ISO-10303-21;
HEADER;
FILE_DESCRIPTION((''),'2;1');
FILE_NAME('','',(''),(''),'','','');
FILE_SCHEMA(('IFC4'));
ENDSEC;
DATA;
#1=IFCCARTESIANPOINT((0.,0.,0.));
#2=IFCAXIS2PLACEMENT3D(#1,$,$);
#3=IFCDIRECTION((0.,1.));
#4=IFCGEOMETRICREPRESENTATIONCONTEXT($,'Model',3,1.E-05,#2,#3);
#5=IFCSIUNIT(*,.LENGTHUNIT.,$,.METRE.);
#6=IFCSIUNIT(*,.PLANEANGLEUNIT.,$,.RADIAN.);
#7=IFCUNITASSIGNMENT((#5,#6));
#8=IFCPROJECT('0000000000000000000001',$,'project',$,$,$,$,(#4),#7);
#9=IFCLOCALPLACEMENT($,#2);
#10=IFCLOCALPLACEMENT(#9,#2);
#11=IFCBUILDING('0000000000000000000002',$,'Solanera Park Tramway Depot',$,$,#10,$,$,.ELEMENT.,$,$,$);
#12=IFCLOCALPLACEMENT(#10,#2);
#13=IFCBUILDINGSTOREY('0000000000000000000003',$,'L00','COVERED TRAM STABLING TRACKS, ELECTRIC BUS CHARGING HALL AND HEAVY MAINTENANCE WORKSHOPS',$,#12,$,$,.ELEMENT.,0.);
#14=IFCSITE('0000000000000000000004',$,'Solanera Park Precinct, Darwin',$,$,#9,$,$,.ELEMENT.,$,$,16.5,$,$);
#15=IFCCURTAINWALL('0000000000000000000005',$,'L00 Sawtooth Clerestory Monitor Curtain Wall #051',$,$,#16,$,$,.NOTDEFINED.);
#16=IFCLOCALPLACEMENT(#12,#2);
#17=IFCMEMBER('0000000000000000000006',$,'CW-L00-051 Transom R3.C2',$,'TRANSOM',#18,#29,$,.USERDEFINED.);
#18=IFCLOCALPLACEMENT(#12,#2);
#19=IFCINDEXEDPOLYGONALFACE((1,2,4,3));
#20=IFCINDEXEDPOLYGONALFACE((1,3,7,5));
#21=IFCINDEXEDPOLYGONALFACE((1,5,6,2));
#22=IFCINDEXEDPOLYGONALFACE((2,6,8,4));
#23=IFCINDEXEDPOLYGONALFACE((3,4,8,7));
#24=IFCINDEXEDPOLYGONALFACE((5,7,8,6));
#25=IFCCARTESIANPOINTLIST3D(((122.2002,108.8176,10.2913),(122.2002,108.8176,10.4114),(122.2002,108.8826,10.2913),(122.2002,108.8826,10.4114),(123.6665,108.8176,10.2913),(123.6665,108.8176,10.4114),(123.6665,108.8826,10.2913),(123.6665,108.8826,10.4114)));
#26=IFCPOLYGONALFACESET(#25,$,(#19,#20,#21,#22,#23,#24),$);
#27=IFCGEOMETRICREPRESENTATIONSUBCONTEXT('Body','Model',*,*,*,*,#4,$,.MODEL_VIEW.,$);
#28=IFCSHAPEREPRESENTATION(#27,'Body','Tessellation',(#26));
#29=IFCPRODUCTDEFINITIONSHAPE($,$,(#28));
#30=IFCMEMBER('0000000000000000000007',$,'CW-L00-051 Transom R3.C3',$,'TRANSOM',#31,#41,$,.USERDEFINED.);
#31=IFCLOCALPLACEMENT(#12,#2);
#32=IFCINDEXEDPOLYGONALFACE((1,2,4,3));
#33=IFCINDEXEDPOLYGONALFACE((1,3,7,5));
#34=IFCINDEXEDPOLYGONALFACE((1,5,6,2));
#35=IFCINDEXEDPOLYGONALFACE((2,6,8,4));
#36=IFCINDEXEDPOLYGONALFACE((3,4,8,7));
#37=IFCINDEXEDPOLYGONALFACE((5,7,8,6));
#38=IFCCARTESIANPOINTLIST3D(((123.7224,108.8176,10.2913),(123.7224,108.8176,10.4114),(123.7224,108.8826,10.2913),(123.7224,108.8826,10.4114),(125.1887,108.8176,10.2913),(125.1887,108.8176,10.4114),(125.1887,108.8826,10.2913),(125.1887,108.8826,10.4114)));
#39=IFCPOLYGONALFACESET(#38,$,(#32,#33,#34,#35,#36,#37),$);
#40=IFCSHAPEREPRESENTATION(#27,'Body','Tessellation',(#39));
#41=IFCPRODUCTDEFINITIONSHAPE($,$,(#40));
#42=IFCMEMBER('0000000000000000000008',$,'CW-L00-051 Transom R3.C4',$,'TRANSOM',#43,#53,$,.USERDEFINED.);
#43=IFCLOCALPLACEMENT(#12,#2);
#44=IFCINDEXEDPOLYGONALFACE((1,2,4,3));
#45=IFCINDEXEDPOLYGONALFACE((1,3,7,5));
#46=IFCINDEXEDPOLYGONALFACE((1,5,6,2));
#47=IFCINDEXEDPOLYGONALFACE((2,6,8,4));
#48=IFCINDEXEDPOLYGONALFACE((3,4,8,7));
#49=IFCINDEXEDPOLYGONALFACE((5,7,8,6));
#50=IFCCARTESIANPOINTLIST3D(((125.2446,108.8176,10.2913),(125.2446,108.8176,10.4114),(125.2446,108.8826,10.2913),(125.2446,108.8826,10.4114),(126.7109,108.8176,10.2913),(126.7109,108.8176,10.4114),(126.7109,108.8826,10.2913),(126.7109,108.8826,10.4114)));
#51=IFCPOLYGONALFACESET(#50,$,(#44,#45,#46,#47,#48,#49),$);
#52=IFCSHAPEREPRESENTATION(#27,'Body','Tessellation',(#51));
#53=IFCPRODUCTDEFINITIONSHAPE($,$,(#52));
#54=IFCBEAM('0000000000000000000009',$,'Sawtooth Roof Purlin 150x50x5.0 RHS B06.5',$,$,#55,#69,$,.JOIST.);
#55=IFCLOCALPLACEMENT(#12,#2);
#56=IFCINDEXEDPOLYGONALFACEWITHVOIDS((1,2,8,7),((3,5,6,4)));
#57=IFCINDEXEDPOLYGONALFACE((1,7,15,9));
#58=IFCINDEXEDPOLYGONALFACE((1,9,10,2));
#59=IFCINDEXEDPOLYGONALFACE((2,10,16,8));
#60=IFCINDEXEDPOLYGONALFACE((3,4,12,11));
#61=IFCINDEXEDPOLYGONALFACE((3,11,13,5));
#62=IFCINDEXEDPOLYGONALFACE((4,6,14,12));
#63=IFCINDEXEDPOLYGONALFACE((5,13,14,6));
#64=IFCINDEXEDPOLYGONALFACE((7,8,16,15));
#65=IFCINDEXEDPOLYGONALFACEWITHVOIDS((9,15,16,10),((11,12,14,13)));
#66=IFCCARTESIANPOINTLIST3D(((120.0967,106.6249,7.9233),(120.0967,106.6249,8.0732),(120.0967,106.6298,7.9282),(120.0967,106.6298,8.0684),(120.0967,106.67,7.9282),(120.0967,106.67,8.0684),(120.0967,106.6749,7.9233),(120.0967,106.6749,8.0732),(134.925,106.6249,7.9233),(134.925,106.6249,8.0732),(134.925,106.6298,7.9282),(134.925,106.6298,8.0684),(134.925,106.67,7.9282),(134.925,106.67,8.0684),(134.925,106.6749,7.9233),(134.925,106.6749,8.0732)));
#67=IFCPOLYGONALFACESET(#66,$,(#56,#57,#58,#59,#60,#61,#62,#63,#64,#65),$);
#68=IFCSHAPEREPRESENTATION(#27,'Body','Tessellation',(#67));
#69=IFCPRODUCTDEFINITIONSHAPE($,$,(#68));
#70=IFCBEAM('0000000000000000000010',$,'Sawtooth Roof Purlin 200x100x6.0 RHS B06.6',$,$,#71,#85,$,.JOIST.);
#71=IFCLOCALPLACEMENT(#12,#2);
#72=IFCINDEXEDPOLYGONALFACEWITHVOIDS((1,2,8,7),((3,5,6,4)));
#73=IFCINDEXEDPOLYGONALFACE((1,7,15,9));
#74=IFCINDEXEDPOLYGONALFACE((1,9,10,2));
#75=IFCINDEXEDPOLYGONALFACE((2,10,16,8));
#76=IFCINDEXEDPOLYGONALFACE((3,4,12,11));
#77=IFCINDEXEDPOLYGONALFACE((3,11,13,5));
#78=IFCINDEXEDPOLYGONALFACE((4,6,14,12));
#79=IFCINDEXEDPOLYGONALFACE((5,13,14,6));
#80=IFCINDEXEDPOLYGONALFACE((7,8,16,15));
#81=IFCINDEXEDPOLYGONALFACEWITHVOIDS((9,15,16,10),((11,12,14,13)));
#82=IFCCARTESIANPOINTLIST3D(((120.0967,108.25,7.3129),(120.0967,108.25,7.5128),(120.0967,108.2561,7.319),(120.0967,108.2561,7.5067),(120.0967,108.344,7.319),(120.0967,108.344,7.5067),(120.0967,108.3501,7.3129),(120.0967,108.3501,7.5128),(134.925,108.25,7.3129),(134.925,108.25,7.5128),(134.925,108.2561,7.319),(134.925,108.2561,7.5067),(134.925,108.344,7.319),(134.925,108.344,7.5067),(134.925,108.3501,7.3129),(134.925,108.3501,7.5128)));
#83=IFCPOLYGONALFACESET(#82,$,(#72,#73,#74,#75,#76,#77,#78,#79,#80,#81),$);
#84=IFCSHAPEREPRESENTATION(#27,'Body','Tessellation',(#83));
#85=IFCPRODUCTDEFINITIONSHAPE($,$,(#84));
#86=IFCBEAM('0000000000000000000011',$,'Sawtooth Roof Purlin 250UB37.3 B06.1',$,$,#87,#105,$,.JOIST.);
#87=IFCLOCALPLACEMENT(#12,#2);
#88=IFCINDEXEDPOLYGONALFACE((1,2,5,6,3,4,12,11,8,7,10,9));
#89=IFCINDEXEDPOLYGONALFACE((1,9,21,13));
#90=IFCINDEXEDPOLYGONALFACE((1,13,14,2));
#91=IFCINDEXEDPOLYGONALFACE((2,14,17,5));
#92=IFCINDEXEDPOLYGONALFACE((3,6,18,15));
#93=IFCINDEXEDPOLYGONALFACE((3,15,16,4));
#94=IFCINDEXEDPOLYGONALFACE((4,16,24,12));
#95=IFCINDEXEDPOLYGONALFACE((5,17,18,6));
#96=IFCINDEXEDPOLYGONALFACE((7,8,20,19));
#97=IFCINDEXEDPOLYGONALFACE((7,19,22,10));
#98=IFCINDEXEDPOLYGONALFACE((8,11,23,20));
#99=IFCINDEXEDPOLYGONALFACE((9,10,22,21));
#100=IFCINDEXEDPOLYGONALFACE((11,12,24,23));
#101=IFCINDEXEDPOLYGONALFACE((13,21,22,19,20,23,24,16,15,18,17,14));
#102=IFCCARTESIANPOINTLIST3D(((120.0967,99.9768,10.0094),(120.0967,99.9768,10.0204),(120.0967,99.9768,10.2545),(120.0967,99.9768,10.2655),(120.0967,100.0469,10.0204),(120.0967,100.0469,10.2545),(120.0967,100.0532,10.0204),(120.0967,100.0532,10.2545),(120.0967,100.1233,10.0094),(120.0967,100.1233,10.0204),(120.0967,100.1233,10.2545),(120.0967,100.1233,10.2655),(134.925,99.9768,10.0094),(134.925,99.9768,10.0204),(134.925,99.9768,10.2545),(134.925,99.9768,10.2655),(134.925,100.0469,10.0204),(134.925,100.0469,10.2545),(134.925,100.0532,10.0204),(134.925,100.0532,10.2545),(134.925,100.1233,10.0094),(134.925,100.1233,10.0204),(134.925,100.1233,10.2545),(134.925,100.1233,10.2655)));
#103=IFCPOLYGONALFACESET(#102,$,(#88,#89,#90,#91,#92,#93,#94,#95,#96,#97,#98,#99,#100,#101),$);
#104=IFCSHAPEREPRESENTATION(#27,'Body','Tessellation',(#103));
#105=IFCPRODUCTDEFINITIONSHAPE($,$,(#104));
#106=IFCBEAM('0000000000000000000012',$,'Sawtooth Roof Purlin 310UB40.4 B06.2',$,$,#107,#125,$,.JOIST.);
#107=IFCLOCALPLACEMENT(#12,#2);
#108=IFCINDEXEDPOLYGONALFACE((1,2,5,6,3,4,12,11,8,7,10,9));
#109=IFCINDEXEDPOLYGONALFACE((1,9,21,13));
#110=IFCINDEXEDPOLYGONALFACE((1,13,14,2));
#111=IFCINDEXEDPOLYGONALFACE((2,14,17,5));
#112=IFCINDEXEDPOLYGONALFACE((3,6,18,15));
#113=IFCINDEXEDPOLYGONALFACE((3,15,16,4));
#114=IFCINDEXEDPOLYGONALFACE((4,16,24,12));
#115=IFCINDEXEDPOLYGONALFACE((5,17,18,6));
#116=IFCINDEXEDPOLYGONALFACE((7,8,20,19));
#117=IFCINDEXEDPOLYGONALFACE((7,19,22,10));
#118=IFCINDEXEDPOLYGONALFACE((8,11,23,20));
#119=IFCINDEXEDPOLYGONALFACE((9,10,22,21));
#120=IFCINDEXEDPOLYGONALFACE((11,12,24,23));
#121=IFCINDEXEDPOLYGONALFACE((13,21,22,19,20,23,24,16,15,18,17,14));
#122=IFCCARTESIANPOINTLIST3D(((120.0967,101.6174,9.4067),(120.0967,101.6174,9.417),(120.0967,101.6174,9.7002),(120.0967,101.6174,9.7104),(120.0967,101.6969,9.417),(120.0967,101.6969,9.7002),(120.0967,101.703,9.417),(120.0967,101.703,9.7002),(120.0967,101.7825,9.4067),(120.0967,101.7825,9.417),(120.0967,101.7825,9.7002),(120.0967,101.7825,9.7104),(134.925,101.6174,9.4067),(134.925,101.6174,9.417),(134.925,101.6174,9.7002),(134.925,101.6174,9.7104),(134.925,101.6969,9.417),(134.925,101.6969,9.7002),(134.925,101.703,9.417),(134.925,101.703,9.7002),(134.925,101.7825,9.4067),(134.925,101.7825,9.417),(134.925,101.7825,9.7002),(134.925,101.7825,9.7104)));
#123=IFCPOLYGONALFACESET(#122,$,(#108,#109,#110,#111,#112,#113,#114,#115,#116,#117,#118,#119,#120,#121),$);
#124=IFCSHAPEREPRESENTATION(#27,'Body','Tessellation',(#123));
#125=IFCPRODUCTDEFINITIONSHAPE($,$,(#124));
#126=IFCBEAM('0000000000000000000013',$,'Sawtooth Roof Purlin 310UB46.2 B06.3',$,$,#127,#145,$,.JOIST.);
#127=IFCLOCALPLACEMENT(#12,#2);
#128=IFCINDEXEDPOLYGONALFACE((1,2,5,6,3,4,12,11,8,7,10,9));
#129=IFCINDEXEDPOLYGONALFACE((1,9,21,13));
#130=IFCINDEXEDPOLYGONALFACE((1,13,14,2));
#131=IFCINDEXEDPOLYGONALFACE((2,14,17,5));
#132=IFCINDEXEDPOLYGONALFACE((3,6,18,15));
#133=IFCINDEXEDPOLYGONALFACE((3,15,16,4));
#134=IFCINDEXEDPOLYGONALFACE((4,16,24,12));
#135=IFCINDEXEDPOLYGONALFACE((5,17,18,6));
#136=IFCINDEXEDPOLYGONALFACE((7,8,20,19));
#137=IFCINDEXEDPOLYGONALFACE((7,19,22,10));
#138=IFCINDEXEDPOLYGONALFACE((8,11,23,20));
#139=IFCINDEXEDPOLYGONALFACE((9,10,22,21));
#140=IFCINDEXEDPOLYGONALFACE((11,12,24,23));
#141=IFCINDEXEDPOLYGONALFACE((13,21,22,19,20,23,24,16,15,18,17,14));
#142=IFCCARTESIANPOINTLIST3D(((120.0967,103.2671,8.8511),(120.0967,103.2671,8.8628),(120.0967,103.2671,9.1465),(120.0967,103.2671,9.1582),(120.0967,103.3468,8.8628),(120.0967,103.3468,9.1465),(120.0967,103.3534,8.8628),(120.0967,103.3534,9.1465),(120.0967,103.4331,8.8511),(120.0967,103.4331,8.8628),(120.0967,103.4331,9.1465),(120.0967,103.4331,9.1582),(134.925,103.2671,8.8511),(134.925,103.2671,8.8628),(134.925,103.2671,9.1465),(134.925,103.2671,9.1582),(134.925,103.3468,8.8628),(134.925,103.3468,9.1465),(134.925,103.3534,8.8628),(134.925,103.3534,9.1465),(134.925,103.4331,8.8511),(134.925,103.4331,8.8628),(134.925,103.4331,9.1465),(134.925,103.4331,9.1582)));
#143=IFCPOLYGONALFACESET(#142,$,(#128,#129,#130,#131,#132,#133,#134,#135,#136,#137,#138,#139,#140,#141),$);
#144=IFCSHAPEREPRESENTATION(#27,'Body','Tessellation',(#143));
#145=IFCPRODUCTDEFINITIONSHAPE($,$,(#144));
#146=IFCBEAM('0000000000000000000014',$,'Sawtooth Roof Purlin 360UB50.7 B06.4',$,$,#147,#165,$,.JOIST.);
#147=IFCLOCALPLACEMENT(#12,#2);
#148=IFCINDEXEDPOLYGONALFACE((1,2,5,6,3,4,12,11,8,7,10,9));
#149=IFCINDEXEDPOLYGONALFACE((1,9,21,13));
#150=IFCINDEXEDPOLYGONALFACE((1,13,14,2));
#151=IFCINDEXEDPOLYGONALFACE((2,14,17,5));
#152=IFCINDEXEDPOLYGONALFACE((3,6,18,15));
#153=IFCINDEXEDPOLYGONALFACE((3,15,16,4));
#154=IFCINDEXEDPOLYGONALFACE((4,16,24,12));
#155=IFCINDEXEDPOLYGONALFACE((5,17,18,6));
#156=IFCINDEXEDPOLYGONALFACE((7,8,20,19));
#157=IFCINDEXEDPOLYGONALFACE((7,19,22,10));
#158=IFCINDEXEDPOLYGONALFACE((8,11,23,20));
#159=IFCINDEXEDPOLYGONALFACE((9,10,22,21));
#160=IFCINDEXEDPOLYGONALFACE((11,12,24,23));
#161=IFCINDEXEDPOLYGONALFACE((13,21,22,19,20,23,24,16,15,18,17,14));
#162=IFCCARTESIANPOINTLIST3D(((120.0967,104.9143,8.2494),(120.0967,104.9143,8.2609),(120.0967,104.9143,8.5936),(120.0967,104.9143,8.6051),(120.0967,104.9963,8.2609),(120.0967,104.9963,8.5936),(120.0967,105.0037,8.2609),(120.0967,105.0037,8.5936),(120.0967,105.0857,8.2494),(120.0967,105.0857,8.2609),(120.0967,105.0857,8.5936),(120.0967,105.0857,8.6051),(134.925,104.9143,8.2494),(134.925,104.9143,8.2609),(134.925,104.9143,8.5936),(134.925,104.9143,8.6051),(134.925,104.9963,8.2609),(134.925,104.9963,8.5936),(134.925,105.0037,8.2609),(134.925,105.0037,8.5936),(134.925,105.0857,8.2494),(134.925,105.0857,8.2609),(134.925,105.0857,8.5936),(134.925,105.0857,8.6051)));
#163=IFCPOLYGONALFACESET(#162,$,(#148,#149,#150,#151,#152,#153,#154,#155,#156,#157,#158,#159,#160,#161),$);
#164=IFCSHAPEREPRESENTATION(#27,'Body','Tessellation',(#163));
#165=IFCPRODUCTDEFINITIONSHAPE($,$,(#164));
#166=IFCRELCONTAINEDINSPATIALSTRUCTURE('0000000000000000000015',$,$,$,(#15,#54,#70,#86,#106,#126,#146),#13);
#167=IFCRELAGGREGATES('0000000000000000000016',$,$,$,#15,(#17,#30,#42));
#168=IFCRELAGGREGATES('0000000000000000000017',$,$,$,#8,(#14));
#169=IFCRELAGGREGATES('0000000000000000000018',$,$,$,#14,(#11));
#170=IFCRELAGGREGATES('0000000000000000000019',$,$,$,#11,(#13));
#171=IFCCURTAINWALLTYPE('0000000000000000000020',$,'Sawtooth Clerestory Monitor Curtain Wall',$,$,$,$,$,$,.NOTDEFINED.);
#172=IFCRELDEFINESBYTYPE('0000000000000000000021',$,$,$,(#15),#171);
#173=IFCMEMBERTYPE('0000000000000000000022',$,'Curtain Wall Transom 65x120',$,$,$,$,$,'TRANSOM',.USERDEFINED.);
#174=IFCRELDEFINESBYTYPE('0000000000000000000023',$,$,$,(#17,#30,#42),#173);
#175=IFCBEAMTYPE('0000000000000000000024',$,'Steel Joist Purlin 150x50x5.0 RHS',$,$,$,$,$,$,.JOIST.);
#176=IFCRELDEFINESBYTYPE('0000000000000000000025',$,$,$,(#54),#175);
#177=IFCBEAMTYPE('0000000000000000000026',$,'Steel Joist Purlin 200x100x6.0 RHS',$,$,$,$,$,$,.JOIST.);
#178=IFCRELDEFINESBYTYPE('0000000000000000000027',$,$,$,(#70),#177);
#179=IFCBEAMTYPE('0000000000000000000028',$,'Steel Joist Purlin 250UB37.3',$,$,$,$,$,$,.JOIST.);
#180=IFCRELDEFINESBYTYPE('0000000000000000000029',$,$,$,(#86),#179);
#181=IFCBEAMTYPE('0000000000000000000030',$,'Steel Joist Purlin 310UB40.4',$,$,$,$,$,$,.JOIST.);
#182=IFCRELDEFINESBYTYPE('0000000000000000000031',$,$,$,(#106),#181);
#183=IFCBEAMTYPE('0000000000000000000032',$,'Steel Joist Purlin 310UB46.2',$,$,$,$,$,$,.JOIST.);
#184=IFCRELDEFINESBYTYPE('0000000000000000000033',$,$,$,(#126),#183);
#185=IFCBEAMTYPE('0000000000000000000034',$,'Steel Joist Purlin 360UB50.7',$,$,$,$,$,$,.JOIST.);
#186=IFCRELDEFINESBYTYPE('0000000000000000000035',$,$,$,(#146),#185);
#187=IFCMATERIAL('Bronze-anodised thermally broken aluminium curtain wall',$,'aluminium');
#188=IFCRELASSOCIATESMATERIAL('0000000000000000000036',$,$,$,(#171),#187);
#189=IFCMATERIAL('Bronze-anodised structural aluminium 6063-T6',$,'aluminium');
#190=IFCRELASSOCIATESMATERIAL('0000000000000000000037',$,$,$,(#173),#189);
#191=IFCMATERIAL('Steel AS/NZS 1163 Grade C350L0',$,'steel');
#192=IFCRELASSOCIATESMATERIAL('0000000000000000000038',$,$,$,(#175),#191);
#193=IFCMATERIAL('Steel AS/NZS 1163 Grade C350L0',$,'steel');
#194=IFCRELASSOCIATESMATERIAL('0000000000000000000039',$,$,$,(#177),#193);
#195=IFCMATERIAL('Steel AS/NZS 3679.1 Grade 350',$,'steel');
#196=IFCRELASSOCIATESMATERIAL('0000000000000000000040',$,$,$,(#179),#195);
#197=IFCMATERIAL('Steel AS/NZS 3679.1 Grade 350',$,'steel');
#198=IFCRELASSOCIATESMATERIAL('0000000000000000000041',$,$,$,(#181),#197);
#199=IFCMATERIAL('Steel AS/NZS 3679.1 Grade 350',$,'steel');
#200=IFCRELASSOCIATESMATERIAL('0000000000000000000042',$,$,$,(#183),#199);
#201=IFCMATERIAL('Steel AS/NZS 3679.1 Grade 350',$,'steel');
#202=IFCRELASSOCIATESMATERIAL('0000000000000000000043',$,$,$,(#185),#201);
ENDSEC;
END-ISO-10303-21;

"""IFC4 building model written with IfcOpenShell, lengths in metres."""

from ifc_helpers import new_model, si_unit, direction, frame, origin, origin_2d, place, context, subcontext, project, spatial, rectangle, hollow_rectangle, i_section, extrude, material, material_profile, profile_set, type_object, element, aggregate, save


model = new_model("IFC4")

# Units and contexts
model_context = context("Model", 3, precision=1e-05, world=origin(), true_north=direction((0.0, 1.0)))
body_context = subcontext(model_context, "Body", "Model", "MODEL_VIEW")
ifc_project = project(units=[si_unit("LENGTHUNIT", "METRE"), si_unit("PLANEANGLEUNIT", "RADIAN")], contexts=[model_context])

# Site, building, storey
site_placement = place(None, origin())
site = spatial("IfcSite", under=ifc_project, at=site_placement, Name="Solanera Park Precinct, Darwin", CompositionType="ELEMENT", RefElevation=16.5)
building_placement = place(site_placement, origin())
building = spatial("IfcBuilding", under=site, at=building_placement, Name="Solanera Park Tramway Depot", CompositionType="ELEMENT")
storey_placement = place(building_placement, origin())
storey = spatial("IfcBuildingStorey", under=building, at=storey_placement, Name="L00", Description="COVERED TRAM STABLING TRACKS, ELECTRIC BUS CHARGING HALL AND HEAVY MAINTENANCE WORKSHOPS", CompositionType="ELEMENT", Elevation=0.0)

# Curtain wall, members
ifc_material_1 = material(Name="Bronze-anodised thermally broken aluminium curtain wall", Category="aluminium")
curtain_wall_type = type_object("IfcCurtainWallType", Name="Sawtooth Clerestory Monitor Curtain Wall", PredefinedType="NOTDEFINED", material=ifc_material_1)
curtain_wall_placement = place(storey_placement, origin())
curtain_wall = element("IfcCurtainWall", 1, at=curtain_wall_placement, inside=storey, type_object=curtain_wall_type, Name="L00 Sawtooth Clerestory Monitor Curtain Wall #051", PredefinedType="NOTDEFINED")
ifc_material_2 = material(Name="Bronze-anodised structural aluminium 6063-T6", Category="aluminium")
ifc_material_profile_1 = material_profile(ifc_material_2, rectangle(XDim=0.0649, YDim=0.1201, at=origin_2d()), Name="Curtain Wall Transom 65x120")
ifc_profile_set_1 = profile_set([ifc_material_profile_1], Name="Bronze-anodised structural aluminium 6063-T6")
member_type_1 = type_object("IfcMemberType", Name="Curtain Wall Transom 65x120", ElementType="TRANSOM", PredefinedType="USERDEFINED", material=ifc_profile_set_1)
member_1_placement = place(storey_placement, frame((122.2002, 108.8501, 10.3513), z_axis=(1.0, 0.0, 0.0), x_axis=(0.0, 1.0, 0.0)))
member_1 = element("IfcMember", 2, at=member_1_placement, type_object=member_type_1, Name="CW-L00-051 Transom R3.C2", ObjectType="TRANSOM", PredefinedType="USERDEFINED", context=body_context, shape_type="SweptSolid", body=[
    extrude(rectangle(XDim=0.0649, YDim=0.1201, at=origin_2d()), origin(), (0.0, 0.0, 1.0), 1.4663),
])
member_2_placement = place(storey_placement, frame((123.7224, 108.8501, 10.3513), z_axis=(1.0, 0.0, 0.0), x_axis=(0.0, 1.0, 0.0)))
member_2 = element("IfcMember", 3, at=member_2_placement, type_object=member_type_1, Name="CW-L00-051 Transom R3.C3", ObjectType="TRANSOM", PredefinedType="USERDEFINED", context=body_context, shape_type="SweptSolid", body=[
    extrude(rectangle(XDim=0.0649, YDim=0.1201, at=origin_2d()), origin(), (0.0, 0.0, 1.0), 1.4663),
])
member_3_placement = place(storey_placement, frame((125.2446, 108.8501, 10.3513), z_axis=(1.0, 0.0, 0.0), x_axis=(0.0, 1.0, 0.0)))
member_3 = element("IfcMember", 4, at=member_3_placement, type_object=member_type_1, Name="CW-L00-051 Transom R3.C4", ObjectType="TRANSOM", PredefinedType="USERDEFINED", context=body_context, shape_type="SweptSolid", body=[
    extrude(rectangle(XDim=0.0649, YDim=0.1201, at=origin_2d()), origin(), (0.0, 0.0, 1.0), 1.4663),
])

# Beams
ifc_material_3 = material(Name="Steel AS/NZS 1163 Grade C350L0", Category="steel")
ifc_material_profile_2 = material_profile(ifc_material_3, hollow_rectangle(XDim=0.05, YDim=0.1499, WallThickness=0.0049, at=origin_2d()), Name="150x50x5.0 RHS")
ifc_profile_set_2 = profile_set([ifc_material_profile_2], Name="Steel AS/NZS 1163 Grade C350L0")
beam_type_1 = type_object("IfcBeamType", Name="Steel Joist Purlin 150x50x5.0 RHS", PredefinedType="JOIST", material=ifc_profile_set_2)
beam_1_placement = place(storey_placement, frame((120.0967, 106.6499, 7.9983), z_axis=(1.0, 0.0, 0.0), x_axis=(0.0, 1.0, 0.0)))
element("IfcBeam", 5, at=beam_1_placement, inside=storey, type_object=beam_type_1, Name="Sawtooth Roof Purlin 150x50x5.0 RHS B06.5", PredefinedType="JOIST", context=body_context, shape_type="SweptSolid", body=[
    extrude(hollow_rectangle(XDim=0.05, YDim=0.1499, WallThickness=0.0049, at=origin_2d()), origin(), (0.0, 0.0, 1.0), 14.8284),
])
ifc_material_4 = material(Name="Steel AS/NZS 1163 Grade C350L0", Category="steel")
ifc_material_profile_3 = material_profile(ifc_material_4, hollow_rectangle(XDim=0.1001, YDim=0.2, WallThickness=0.0061, at=origin_2d()), Name="200x100x6.0 RHS")
ifc_profile_set_3 = profile_set([ifc_material_profile_3], Name="Steel AS/NZS 1163 Grade C350L0")
beam_type_2 = type_object("IfcBeamType", Name="Steel Joist Purlin 200x100x6.0 RHS", PredefinedType="JOIST", material=ifc_profile_set_3)
beam_2_placement = place(storey_placement, frame((120.0967, 108.3, 7.4128), z_axis=(1.0, 0.0, 0.0), x_axis=(0.0, 1.0, 0.0)))
element("IfcBeam", 6, at=beam_2_placement, inside=storey, type_object=beam_type_2, Name="Sawtooth Roof Purlin 200x100x6.0 RHS B06.6", PredefinedType="JOIST", context=body_context, shape_type="SweptSolid", body=[
    extrude(hollow_rectangle(XDim=0.1001, YDim=0.2, WallThickness=0.0061, at=origin_2d()), origin(), (0.0, 0.0, 1.0), 14.8284),
])
ifc_material_5 = material(Name="Steel AS/NZS 3679.1 Grade 350", Category="steel")
ifc_material_profile_4 = material_profile(ifc_material_5, i_section(OverallWidth=0.1465, OverallDepth=0.2561, WebThickness=0.0063, FlangeThickness=0.011, at=origin_2d()), Name="250UB37.3")
ifc_profile_set_4 = profile_set([ifc_material_profile_4], Name="Steel AS/NZS 3679.1 Grade 350")
beam_type_3 = type_object("IfcBeamType", Name="Steel Joist Purlin 250UB37.3", PredefinedType="JOIST", material=ifc_profile_set_4)
beam_3_placement = place(storey_placement, frame((120.0967, 100.05, 10.1375), z_axis=(1.0, 0.0, 0.0), x_axis=(0.0, 1.0, 0.0)))
element("IfcBeam", 7, at=beam_3_placement, inside=storey, type_object=beam_type_3, Name="Sawtooth Roof Purlin 250UB37.3 B06.1", PredefinedType="JOIST", context=body_context, shape_type="SweptSolid", body=[
    extrude(i_section(OverallWidth=0.1465, OverallDepth=0.2561, WebThickness=0.0063, FlangeThickness=0.011, at=origin_2d()), origin(), (0.0, 0.0, 1.0), 14.8284),
])
ifc_material_6 = material(Name="Steel AS/NZS 3679.1 Grade 350", Category="steel")
ifc_material_profile_5 = material_profile(ifc_material_6, i_section(OverallWidth=0.165, OverallDepth=0.3037, WebThickness=0.0061, FlangeThickness=0.0103, at=origin_2d()), Name="310UB40.4")
ifc_profile_set_5 = profile_set([ifc_material_profile_5], Name="Steel AS/NZS 3679.1 Grade 350")
beam_type_4 = type_object("IfcBeamType", Name="Steel Joist Purlin 310UB40.4", PredefinedType="JOIST", material=ifc_profile_set_5)
beam_4_placement = place(storey_placement, frame((120.0967, 101.7, 9.5586), z_axis=(1.0, 0.0, 0.0), x_axis=(0.0, 1.0, 0.0)))
element("IfcBeam", 8, at=beam_4_placement, inside=storey, type_object=beam_type_4, Name="Sawtooth Roof Purlin 310UB40.4 B06.2", PredefinedType="JOIST", context=body_context, shape_type="SweptSolid", body=[
    extrude(i_section(OverallWidth=0.165, OverallDepth=0.3037, WebThickness=0.0061, FlangeThickness=0.0103, at=origin_2d()), origin(), (0.0, 0.0, 1.0), 14.8284),
])
ifc_material_7 = material(Name="Steel AS/NZS 3679.1 Grade 350", Category="steel")
ifc_material_profile_6 = material_profile(ifc_material_7, i_section(OverallWidth=0.166, OverallDepth=0.3071, WebThickness=0.0066, FlangeThickness=0.0117, at=origin_2d()), Name="310UB46.2")
ifc_profile_set_6 = profile_set([ifc_material_profile_6], Name="Steel AS/NZS 3679.1 Grade 350")
beam_type_5 = type_object("IfcBeamType", Name="Steel Joist Purlin 310UB46.2", PredefinedType="JOIST", material=ifc_profile_set_6)
beam_5_placement = place(storey_placement, frame((120.0967, 103.3501, 9.0046), z_axis=(1.0, 0.0, 0.0), x_axis=(0.0, 1.0, 0.0)))
element("IfcBeam", 9, at=beam_5_placement, inside=storey, type_object=beam_type_5, Name="Sawtooth Roof Purlin 310UB46.2 B06.3", PredefinedType="JOIST", context=body_context, shape_type="SweptSolid", body=[
    extrude(i_section(OverallWidth=0.166, OverallDepth=0.3071, WebThickness=0.0066, FlangeThickness=0.0117, at=origin_2d()), origin(), (0.0, 0.0, 1.0), 14.8284),
])
ifc_material_8 = material(Name="Steel AS/NZS 3679.1 Grade 350", Category="steel")
ifc_material_profile_7 = material_profile(ifc_material_8, i_section(OverallWidth=0.1714, OverallDepth=0.3557, WebThickness=0.0073, FlangeThickness=0.0115, at=origin_2d()), Name="360UB50.7")
ifc_profile_set_7 = profile_set([ifc_material_profile_7], Name="Steel AS/NZS 3679.1 Grade 350")
beam_type_6 = type_object("IfcBeamType", Name="Steel Joist Purlin 360UB50.7", PredefinedType="JOIST", material=ifc_profile_set_7)
beam_6_placement = place(storey_placement, frame((120.0967, 105.0, 8.4272), z_axis=(1.0, 0.0, 0.0), x_axis=(0.0, 1.0, 0.0)))
element("IfcBeam", 10, at=beam_6_placement, inside=storey, type_object=beam_type_6, Name="Sawtooth Roof Purlin 360UB50.7 B06.4", PredefinedType="JOIST", context=body_context, shape_type="SweptSolid", body=[
    extrude(i_section(OverallWidth=0.1714, OverallDepth=0.3557, WebThickness=0.0073, FlangeThickness=0.0115, at=origin_2d()), origin(), (0.0, 0.0, 1.0), 14.8284),
])

aggregate(curtain_wall, [member_1, member_2, member_3])

save(model, "model.ifc")
